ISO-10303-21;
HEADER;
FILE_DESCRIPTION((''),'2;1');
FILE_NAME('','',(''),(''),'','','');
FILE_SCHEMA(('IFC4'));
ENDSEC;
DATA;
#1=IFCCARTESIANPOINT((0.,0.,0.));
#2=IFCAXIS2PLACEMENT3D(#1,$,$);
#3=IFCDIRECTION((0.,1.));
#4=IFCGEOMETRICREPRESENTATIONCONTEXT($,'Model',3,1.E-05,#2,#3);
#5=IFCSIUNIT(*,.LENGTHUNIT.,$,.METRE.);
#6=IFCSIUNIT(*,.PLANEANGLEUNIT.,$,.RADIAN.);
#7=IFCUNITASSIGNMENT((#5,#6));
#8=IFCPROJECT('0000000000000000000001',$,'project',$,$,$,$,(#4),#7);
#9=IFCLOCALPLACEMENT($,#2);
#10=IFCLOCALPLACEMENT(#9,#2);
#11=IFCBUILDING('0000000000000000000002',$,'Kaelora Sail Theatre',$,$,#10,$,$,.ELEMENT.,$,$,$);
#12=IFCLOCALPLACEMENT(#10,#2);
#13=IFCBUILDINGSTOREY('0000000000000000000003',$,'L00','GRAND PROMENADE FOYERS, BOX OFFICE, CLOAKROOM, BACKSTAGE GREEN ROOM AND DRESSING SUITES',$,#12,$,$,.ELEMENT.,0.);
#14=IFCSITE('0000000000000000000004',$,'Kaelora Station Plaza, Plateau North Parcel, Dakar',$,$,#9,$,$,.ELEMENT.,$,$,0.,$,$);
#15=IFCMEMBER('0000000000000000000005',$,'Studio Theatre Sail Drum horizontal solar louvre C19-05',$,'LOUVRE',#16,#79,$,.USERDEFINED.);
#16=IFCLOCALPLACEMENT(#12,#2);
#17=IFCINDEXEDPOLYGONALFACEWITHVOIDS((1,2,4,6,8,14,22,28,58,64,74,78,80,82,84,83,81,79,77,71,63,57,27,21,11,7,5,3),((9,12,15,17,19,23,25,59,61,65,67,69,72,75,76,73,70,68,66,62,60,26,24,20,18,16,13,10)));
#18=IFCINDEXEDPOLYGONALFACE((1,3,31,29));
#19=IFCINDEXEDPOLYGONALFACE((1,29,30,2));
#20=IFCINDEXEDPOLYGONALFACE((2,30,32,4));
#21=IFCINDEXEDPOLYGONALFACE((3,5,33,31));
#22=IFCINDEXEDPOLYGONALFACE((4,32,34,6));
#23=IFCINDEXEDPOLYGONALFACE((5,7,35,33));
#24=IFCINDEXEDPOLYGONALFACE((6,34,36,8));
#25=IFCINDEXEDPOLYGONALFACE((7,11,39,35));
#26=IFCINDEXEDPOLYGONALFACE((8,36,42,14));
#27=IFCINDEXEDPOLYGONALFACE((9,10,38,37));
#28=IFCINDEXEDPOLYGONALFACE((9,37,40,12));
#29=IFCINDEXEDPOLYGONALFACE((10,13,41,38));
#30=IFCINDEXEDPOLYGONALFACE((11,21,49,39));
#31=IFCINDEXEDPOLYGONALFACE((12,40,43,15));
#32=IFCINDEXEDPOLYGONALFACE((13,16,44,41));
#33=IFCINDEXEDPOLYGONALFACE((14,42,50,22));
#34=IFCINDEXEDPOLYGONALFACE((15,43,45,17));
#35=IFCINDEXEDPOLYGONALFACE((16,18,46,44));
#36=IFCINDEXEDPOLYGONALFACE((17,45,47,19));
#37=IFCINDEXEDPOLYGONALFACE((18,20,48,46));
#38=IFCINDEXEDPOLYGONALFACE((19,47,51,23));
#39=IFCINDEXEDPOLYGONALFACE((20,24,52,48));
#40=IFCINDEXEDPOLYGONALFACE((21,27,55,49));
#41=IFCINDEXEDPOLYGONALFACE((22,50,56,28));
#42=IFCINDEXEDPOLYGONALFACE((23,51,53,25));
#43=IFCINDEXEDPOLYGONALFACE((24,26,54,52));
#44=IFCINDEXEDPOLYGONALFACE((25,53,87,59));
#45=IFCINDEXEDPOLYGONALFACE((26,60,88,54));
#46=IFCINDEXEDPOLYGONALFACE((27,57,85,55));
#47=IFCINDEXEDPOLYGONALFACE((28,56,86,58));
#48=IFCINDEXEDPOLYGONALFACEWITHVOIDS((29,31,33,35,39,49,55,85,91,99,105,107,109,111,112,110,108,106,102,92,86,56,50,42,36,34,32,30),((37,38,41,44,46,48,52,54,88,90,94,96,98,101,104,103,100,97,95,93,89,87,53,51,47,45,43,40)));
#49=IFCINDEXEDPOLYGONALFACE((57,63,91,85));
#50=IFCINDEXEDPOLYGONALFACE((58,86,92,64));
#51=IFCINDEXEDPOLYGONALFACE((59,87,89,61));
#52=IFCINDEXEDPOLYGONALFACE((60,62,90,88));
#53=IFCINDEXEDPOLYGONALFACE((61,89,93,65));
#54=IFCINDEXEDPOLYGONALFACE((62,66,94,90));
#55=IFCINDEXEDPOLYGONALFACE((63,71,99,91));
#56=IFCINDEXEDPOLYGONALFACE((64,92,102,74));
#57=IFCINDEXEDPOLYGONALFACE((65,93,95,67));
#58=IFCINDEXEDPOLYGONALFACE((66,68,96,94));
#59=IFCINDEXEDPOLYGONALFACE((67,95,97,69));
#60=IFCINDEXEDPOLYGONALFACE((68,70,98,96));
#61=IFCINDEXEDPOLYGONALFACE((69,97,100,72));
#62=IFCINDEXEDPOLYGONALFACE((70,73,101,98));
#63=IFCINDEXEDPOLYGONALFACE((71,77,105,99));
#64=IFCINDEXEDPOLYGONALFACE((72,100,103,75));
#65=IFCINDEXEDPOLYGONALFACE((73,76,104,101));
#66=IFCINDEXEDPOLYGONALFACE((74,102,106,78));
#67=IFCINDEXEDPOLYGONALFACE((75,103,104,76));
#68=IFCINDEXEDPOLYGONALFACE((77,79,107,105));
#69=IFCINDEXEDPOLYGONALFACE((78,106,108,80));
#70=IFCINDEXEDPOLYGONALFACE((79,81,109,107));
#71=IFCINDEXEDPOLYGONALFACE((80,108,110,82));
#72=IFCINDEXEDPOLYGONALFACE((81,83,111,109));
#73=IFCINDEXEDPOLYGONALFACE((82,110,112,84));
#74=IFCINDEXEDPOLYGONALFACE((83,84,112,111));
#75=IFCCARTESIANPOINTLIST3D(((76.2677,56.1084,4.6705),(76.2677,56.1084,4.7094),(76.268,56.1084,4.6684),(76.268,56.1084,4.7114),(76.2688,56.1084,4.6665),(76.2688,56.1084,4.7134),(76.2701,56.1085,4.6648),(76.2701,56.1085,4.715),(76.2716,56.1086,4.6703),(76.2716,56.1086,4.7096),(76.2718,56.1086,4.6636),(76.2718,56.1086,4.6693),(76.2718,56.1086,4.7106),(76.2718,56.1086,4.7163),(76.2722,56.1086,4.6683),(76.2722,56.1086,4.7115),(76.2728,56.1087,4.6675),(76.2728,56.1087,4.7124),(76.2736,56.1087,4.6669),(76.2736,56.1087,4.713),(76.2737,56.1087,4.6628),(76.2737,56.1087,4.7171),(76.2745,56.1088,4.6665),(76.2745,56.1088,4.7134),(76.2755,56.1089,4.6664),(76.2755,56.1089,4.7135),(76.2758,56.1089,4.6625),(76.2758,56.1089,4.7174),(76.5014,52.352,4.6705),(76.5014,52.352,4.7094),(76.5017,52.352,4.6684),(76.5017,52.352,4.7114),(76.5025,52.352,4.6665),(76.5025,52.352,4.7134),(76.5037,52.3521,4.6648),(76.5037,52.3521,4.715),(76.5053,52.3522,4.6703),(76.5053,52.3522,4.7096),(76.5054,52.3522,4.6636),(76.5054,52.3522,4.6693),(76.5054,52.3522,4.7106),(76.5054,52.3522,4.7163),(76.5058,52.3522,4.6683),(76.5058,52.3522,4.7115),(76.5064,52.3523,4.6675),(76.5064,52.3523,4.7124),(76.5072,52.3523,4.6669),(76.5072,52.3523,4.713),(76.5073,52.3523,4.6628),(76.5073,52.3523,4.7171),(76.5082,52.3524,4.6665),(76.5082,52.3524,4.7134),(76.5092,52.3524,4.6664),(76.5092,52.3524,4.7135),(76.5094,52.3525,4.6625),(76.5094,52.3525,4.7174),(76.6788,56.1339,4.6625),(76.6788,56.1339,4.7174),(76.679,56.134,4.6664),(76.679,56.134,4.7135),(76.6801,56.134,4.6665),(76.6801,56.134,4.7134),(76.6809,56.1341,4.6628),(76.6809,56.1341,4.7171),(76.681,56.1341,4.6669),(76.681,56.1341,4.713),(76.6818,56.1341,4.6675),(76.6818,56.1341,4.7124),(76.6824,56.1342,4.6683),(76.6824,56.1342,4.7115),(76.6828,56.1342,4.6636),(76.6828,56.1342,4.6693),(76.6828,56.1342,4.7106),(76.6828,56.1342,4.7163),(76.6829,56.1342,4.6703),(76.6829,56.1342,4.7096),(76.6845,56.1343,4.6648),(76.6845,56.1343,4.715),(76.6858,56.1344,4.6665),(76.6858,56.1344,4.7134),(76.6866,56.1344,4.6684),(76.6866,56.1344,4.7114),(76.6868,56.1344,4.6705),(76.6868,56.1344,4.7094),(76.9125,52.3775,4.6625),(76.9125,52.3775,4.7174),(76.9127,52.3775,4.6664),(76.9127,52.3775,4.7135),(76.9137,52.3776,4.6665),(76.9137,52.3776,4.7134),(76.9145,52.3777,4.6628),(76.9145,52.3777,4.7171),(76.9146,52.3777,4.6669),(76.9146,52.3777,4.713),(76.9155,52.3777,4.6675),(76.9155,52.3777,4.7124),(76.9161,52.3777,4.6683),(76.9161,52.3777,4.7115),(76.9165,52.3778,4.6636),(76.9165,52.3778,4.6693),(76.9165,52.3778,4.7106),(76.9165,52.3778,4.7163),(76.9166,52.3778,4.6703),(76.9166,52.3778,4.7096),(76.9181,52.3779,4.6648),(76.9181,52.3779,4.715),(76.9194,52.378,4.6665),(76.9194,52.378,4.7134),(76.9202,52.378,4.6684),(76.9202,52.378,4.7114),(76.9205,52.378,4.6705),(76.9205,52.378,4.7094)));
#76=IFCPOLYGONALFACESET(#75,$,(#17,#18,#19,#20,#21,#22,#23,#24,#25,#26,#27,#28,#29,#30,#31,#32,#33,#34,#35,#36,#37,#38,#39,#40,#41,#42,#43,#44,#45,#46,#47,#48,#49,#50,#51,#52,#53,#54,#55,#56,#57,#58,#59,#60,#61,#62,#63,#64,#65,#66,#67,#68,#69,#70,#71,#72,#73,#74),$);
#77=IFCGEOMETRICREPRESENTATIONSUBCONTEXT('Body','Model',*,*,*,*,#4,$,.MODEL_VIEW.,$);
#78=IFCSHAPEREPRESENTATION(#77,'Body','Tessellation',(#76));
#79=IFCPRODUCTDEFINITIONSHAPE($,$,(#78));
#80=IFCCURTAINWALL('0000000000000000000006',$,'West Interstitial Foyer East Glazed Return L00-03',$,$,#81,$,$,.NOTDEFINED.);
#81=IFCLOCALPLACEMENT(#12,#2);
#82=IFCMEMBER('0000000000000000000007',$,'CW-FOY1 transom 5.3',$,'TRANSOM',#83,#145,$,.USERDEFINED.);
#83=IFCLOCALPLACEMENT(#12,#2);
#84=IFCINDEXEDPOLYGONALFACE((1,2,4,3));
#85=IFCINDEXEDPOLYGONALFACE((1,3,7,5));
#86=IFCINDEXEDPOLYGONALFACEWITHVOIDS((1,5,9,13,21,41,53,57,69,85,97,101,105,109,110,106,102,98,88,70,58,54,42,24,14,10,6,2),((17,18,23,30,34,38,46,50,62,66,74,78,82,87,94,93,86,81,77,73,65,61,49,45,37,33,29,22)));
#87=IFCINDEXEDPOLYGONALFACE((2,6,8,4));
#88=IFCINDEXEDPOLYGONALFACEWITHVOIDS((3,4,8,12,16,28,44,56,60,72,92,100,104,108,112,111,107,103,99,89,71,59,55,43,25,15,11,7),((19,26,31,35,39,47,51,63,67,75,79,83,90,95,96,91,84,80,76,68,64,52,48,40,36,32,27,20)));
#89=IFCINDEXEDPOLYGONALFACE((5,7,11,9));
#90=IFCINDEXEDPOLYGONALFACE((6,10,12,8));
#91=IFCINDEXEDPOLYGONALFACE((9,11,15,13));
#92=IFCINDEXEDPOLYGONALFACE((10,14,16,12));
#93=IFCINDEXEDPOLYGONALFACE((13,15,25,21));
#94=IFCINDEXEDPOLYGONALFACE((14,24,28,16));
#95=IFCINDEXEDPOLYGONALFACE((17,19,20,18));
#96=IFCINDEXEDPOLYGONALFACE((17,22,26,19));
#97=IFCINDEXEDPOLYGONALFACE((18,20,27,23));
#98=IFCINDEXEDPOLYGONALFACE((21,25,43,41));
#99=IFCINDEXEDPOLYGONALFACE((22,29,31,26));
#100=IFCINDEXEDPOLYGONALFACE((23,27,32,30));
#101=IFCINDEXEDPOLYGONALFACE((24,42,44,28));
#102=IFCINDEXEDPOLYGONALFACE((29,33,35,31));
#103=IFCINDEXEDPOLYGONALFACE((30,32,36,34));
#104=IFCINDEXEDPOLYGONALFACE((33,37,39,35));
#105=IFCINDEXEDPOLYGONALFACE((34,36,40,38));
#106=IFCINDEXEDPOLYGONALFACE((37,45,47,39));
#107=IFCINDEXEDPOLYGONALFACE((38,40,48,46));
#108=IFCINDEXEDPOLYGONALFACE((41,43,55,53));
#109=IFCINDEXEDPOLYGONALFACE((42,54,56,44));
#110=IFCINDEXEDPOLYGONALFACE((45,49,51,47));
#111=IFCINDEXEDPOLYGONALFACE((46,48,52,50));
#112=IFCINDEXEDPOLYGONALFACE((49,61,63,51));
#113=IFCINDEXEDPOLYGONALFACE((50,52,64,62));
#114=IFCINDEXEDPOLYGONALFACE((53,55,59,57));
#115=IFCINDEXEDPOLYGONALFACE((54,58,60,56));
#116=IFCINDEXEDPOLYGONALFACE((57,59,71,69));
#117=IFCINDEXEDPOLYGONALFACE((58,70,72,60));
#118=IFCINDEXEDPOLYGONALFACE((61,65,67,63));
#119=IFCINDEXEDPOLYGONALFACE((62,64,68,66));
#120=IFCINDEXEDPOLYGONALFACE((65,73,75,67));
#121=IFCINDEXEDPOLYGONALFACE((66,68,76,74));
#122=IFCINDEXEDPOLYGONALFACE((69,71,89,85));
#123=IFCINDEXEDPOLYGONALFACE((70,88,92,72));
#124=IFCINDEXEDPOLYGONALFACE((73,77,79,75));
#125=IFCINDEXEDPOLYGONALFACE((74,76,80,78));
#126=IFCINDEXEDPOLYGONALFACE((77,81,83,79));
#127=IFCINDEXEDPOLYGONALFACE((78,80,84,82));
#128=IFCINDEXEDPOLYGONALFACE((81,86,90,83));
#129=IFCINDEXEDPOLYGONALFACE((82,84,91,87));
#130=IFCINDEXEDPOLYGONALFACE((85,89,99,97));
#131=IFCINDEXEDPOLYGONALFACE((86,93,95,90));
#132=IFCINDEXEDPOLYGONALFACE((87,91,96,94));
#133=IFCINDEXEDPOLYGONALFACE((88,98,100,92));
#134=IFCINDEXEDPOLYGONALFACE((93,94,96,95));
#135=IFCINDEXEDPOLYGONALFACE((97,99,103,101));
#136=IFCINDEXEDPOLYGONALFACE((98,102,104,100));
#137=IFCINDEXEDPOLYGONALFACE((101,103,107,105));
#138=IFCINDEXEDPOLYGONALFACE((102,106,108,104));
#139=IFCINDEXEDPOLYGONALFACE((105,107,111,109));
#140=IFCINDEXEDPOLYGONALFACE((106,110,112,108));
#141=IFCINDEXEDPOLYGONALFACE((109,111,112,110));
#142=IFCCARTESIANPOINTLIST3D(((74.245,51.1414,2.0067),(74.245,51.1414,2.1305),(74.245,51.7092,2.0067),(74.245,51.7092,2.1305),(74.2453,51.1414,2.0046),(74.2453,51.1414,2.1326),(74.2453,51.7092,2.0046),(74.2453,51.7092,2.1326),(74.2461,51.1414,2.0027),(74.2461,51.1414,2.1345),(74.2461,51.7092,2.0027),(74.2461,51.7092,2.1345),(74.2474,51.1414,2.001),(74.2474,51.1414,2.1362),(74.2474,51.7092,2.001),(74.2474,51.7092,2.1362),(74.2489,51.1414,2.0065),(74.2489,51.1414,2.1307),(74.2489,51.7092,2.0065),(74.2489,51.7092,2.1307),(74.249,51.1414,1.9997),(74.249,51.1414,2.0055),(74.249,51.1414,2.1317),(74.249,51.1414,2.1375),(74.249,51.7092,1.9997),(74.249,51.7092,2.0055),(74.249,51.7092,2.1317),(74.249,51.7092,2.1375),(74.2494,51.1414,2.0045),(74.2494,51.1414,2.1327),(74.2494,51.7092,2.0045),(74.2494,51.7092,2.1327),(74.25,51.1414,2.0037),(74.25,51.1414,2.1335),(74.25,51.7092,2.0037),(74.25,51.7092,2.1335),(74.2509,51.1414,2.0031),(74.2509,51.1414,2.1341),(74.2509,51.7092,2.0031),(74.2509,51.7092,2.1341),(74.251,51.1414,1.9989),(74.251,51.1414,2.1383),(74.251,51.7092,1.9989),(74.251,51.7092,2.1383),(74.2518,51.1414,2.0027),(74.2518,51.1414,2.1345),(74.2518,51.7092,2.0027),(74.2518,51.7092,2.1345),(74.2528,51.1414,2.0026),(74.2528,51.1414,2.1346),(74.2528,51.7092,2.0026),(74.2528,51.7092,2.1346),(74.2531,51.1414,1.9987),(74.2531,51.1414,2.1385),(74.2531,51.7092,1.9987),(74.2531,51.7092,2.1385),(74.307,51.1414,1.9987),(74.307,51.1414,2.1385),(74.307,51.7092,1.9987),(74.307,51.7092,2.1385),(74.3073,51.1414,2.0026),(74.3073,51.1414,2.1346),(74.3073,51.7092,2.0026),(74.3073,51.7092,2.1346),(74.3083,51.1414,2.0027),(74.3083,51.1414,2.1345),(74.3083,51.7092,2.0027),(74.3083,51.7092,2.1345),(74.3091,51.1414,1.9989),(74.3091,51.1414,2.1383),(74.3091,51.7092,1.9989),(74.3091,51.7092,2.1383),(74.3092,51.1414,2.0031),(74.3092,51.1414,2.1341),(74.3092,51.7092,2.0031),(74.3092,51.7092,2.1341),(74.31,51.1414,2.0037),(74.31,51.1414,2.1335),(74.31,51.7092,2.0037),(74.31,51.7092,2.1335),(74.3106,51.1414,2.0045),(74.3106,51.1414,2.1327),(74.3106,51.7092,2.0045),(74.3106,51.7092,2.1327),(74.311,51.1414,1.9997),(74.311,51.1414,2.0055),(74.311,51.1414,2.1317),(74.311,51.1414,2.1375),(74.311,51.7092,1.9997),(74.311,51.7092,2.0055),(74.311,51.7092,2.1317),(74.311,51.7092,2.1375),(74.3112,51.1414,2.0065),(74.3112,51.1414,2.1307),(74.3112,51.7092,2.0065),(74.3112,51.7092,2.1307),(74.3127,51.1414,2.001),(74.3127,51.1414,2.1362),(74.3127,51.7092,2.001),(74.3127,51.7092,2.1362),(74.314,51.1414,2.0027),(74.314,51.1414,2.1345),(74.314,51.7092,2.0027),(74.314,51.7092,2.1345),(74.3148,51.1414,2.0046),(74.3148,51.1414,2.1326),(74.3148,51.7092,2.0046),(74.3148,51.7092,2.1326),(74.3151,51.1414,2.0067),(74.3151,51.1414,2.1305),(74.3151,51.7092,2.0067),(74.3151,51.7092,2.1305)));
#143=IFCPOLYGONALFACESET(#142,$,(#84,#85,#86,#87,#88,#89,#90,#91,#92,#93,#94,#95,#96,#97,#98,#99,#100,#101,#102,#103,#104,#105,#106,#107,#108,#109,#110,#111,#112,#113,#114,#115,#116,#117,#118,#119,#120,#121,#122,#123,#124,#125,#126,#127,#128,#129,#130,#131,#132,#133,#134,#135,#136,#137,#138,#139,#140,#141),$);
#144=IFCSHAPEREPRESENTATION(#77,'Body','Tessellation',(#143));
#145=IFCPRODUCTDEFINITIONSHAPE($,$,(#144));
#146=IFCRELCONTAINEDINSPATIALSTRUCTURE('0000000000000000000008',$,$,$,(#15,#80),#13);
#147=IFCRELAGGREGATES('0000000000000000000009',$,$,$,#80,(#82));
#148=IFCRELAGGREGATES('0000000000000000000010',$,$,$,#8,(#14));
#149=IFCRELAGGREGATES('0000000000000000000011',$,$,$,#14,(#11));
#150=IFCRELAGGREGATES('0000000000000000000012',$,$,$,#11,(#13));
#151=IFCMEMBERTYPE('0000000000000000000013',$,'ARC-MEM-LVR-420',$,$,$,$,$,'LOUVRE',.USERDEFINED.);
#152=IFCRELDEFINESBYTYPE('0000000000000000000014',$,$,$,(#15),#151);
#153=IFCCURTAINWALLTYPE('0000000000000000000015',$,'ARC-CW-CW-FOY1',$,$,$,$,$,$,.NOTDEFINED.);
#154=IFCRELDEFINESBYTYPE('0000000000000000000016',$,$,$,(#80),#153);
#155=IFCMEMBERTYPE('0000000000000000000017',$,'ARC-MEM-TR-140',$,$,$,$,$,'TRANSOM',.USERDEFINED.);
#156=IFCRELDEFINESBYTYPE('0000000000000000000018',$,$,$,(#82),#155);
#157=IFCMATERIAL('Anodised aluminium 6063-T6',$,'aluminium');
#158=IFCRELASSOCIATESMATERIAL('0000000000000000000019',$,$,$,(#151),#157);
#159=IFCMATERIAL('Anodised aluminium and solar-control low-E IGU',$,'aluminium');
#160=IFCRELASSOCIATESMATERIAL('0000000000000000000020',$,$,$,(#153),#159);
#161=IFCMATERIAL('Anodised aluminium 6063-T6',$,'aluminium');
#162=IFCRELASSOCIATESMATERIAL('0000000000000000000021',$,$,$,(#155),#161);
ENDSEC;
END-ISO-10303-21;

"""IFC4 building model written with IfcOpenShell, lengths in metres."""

from ifc_helpers import new_model, si_unit, direction, frame, origin, origin_2d, place, context, subcontext, project, spatial, hollow_rectangle, extrude, material, material_profile, profile_set, type_object, element, aggregate, save


model = new_model("IFC4")

# Units and contexts
model_context = context("Model", 3, precision=1e-05, world=origin(), true_north=direction((0.0, 1.0)))
body_context = subcontext(model_context, "Body", "Model", "MODEL_VIEW")
ifc_project = project(units=[si_unit("LENGTHUNIT", "METRE"), si_unit("PLANEANGLEUNIT", "RADIAN")], contexts=[model_context])

# Site, building, storey
site_placement = place(None, origin())
site = spatial("IfcSite", under=ifc_project, at=site_placement, Name="Kaelora Station Plaza, Plateau North Parcel, Dakar", CompositionType="ELEMENT", RefElevation=0.0)
building_placement = place(site_placement, origin())
building = spatial("IfcBuilding", under=site, at=building_placement, Name="Kaelora Sail Theatre", CompositionType="ELEMENT")
storey_placement = place(building_placement, origin())
storey = spatial("IfcBuildingStorey", under=building, at=storey_placement, Name="L00", Description="GRAND PROMENADE FOYERS, BOX OFFICE, CLOAKROOM, BACKSTAGE GREEN ROOM AND DRESSING SUITES", CompositionType="ELEMENT", Elevation=0.0)

# Member
ifc_material_1 = material(Name="Anodised aluminium 6063-T6", Category="aluminium")
ifc_material_profile_1 = material_profile(ifc_material_1, hollow_rectangle(XDim=0.4199, YDim=0.0549, WallThickness=0.0039, InnerFilletRadius=0.0039, OuterFilletRadius=0.0081, at=origin_2d()), Name="LOUVRE 420x55x4")
ifc_profile_set_1 = profile_set([ifc_material_profile_1], Name="Anodised aluminium 6063-T6")
member_type_1 = type_object("IfcMemberType", Name="ARC-MEM-LVR-420", ElementType="LOUVRE", PredefinedType="USERDEFINED", material=ifc_profile_set_1)
for number, where, z_axis, x_axis, name in (
    (1, (76.7109, 52.365, 4.6899), (-0.062079, 0.998071, 0.0), (-0.998071, -0.062079, 0.0), "Studio Theatre Sail Drum horizontal solar louvre C19-05"),
):
    element("IfcMember", number, at=place(storey_placement, frame(where, z_axis=z_axis, x_axis=x_axis)), inside=storey, type_object=member_type_1, Name=name, ObjectType="LOUVRE", PredefinedType="USERDEFINED", context=body_context, shape_type="SweptSolid", body=[
        extrude(hollow_rectangle(XDim=0.4199, YDim=0.0549, WallThickness=0.0039, InnerFilletRadius=0.0039, OuterFilletRadius=0.0081, at=origin_2d()), origin(), (0.0, 0.0, 1.0), 3.7637),
    ])

# Curtain wall, member
ifc_material_2 = material(Name="Anodised aluminium and solar-control low-E IGU", Category="aluminium")
curtain_wall_type = type_object("IfcCurtainWallType", Name="ARC-CW-CW-FOY1", PredefinedType="NOTDEFINED", material=ifc_material_2)
curtain_wall_placement = place(storey_placement, origin())
curtain_wall = element("IfcCurtainWall", 2, at=curtain_wall_placement, inside=storey, type_object=curtain_wall_type, Name="West Interstitial Foyer East Glazed Return L00-03", PredefinedType="NOTDEFINED")
ifc_material_3 = material(Name="Anodised aluminium 6063-T6", Category="aluminium")
ifc_material_profile_2 = material_profile(ifc_material_3, hollow_rectangle(XDim=0.0701, YDim=0.1399, WallThickness=0.0039, InnerFilletRadius=0.0039, OuterFilletRadius=0.0081, at=origin_2d()), Name="ALU-TRAN 70x140x4")
ifc_profile_set_2 = profile_set([ifc_material_profile_2], Name="Anodised aluminium 6063-T6")
member_type_2 = type_object("IfcMemberType", Name="ARC-MEM-TR-140", ElementType="TRANSOM", PredefinedType="USERDEFINED", material=ifc_profile_set_2)
member_1_placement = place(storey_placement, frame((74.28, 51.1414, 2.0686), z_axis=(0.0, 1.0, 0.0), x_axis=(-1.0, 0.0, 0.0)))
member_1 = element("IfcMember", 3, at=member_1_placement, type_object=member_type_2, Name="CW-FOY1 transom 5.3", ObjectType="TRANSOM", PredefinedType="USERDEFINED", context=body_context, shape_type="SweptSolid", body=[
    extrude(hollow_rectangle(XDim=0.0701, YDim=0.1399, WallThickness=0.0039, InnerFilletRadius=0.0039, OuterFilletRadius=0.0081, at=origin_2d()), origin(), (0.0, 0.0, 1.0), 0.5679),
])
aggregate(curtain_wall, [member_1])

save(model, "model.ifc")
